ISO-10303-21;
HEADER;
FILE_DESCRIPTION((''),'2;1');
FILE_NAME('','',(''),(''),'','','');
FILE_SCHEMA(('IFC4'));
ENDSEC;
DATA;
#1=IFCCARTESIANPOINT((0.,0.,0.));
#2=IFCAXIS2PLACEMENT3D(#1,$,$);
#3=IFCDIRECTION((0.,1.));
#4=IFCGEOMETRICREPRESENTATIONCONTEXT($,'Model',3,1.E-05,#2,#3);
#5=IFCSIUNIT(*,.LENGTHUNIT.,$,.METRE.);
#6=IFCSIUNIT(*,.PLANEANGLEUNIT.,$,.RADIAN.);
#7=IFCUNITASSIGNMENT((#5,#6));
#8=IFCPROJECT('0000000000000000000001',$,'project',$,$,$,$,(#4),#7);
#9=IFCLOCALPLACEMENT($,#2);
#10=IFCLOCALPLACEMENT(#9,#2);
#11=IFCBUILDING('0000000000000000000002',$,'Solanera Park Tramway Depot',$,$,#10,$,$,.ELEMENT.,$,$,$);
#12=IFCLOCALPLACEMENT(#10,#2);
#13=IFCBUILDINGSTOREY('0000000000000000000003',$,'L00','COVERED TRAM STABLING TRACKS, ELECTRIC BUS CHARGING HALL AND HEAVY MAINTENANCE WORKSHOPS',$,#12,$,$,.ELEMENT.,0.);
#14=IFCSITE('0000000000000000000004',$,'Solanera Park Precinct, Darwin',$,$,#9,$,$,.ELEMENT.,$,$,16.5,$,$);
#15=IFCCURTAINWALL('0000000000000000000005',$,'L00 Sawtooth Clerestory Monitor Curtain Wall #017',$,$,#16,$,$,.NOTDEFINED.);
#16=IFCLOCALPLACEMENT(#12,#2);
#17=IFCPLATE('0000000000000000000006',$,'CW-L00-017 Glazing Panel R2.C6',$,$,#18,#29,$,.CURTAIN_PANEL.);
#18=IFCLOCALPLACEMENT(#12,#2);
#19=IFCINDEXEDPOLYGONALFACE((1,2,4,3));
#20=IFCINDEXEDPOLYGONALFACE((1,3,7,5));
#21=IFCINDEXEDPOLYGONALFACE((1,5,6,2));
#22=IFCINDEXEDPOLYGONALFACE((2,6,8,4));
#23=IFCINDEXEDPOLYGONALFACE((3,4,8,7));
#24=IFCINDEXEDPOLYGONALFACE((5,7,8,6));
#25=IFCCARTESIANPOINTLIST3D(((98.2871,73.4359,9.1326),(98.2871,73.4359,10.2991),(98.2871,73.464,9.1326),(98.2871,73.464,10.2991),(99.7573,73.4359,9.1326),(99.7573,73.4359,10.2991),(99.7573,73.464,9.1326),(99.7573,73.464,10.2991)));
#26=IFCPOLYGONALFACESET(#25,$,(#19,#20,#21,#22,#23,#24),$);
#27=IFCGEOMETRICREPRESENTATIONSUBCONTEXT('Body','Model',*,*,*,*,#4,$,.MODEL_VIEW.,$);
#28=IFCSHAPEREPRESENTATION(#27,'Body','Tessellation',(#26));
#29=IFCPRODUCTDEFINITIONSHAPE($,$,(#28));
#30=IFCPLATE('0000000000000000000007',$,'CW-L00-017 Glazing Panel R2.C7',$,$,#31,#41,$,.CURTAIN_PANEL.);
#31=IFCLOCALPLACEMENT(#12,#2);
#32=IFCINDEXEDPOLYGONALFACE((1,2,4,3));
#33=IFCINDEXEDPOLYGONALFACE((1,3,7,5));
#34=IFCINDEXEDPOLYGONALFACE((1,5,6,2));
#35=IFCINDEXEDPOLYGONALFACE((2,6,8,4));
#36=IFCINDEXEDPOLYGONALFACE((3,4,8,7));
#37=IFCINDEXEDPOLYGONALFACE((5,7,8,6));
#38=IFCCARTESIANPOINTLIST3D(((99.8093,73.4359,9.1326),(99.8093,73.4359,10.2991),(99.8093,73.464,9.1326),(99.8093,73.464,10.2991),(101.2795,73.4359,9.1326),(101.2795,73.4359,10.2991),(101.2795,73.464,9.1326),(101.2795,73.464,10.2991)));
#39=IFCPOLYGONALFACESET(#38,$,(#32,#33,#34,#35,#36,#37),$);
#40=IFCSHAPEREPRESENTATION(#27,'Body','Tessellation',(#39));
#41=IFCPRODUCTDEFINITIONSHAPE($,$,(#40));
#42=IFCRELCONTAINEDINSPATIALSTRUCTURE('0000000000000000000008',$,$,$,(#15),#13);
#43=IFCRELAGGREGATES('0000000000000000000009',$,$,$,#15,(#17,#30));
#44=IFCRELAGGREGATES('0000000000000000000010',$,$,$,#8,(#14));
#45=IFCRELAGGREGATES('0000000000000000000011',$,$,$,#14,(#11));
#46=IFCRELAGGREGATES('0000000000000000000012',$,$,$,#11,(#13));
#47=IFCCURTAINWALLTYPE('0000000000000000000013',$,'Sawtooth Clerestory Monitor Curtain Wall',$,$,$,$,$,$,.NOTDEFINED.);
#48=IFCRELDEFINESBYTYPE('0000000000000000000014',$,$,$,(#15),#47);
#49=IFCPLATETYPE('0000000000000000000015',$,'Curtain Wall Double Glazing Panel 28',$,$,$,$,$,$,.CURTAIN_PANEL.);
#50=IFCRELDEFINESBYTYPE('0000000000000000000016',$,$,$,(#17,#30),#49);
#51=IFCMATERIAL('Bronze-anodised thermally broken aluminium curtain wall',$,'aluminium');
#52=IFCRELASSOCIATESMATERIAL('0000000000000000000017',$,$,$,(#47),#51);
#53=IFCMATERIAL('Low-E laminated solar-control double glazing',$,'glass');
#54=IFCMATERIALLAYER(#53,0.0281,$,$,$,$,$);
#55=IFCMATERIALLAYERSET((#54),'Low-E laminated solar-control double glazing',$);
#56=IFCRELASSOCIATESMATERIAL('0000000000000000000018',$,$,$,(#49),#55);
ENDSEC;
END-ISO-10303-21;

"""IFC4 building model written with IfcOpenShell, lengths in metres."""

from ifc_helpers import new_model, si_unit, direction, frame, origin, origin_2d, place, context, subcontext, project, spatial, rectangle, extrude, material, layer, layer_set, type_object, element, aggregate, save


model = new_model("IFC4")

# Units and contexts
model_context = context("Model", 3, precision=1e-05, world=origin(), true_north=direction((0.0, 1.0)))
body_context = subcontext(model_context, "Body", "Model", "MODEL_VIEW")
ifc_project = project(units=[si_unit("LENGTHUNIT", "METRE"), si_unit("PLANEANGLEUNIT", "RADIAN")], contexts=[model_context])

# Site, building, storey
site_placement = place(None, origin())
site = spatial("IfcSite", under=ifc_project, at=site_placement, Name="Solanera Park Precinct, Darwin", CompositionType="ELEMENT", RefElevation=16.5)
building_placement = place(site_placement, origin())
building = spatial("IfcBuilding", under=site, at=building_placement, Name="Solanera Park Tramway Depot", CompositionType="ELEMENT")
storey_placement = place(building_placement, origin())
storey = spatial("IfcBuildingStorey", under=building, at=storey_placement, Name="L00", Description="COVERED TRAM STABLING TRACKS, ELECTRIC BUS CHARGING HALL AND HEAVY MAINTENANCE WORKSHOPS", CompositionType="ELEMENT", Elevation=0.0)

# Curtain wall
ifc_material_1 = material(Name="Bronze-anodised thermally broken aluminium curtain wall", Category="aluminium")
curtain_wall_type = type_object("IfcCurtainWallType", Name="Sawtooth Clerestory Monitor Curtain Wall", PredefinedType="NOTDEFINED", material=ifc_material_1)
curtain_wall_1_placement = place(storey_placement, origin())
curtain_wall_1 = element("IfcCurtainWall", 1, at=curtain_wall_1_placement, inside=storey, type_object=curtain_wall_type, Name="L00 Sawtooth Clerestory Monitor Curtain Wall #017", PredefinedType="NOTDEFINED")

# Plates
ifc_material_2 = material(Name="Low-E laminated solar-control double glazing", Category="glass")
ifc_layer = layer(ifc_material_2, 0.0281)
ifc_layer_set = layer_set([ifc_layer], Name="Low-E laminated solar-control double glazing")
plate_type = type_object("IfcPlateType", Name="Curtain Wall Double Glazing Panel 28", PredefinedType="CURTAIN_PANEL", material=ifc_layer_set)
plate_1_placement = place(storey_placement, frame((99.0222, 73.45, 9.1326), z_axis=(0.0, 0.0, 1.0), x_axis=(1.0, 0.0, 0.0)))
plate_1 = element("IfcPlate", 2, at=plate_1_placement, type_object=plate_type, Name="CW-L00-017 Glazing Panel R2.C6", PredefinedType="CURTAIN_PANEL", context=body_context, shape_type="SweptSolid", body=[
    extrude(rectangle(XDim=1.4702, YDim=0.0281, at=origin_2d()), origin(), (0.0, 0.0, 1.0), 1.1665),
])
plate_2_placement = place(storey_placement, frame((100.5444, 73.45, 9.1326), z_axis=(0.0, 0.0, 1.0), x_axis=(1.0, 0.0, 0.0)))
plate_2 = element("IfcPlate", 3, at=plate_2_placement, type_object=plate_type, Name="CW-L00-017 Glazing Panel R2.C7", PredefinedType="CURTAIN_PANEL", context=body_context, shape_type="SweptSolid", body=[
    extrude(rectangle(XDim=1.4702, YDim=0.0281, at=origin_2d()), origin(), (0.0, 0.0, 1.0), 1.1665),
])
aggregate(curtain_wall_1, [plate_1, plate_2])

save(model, "model.ifc")
